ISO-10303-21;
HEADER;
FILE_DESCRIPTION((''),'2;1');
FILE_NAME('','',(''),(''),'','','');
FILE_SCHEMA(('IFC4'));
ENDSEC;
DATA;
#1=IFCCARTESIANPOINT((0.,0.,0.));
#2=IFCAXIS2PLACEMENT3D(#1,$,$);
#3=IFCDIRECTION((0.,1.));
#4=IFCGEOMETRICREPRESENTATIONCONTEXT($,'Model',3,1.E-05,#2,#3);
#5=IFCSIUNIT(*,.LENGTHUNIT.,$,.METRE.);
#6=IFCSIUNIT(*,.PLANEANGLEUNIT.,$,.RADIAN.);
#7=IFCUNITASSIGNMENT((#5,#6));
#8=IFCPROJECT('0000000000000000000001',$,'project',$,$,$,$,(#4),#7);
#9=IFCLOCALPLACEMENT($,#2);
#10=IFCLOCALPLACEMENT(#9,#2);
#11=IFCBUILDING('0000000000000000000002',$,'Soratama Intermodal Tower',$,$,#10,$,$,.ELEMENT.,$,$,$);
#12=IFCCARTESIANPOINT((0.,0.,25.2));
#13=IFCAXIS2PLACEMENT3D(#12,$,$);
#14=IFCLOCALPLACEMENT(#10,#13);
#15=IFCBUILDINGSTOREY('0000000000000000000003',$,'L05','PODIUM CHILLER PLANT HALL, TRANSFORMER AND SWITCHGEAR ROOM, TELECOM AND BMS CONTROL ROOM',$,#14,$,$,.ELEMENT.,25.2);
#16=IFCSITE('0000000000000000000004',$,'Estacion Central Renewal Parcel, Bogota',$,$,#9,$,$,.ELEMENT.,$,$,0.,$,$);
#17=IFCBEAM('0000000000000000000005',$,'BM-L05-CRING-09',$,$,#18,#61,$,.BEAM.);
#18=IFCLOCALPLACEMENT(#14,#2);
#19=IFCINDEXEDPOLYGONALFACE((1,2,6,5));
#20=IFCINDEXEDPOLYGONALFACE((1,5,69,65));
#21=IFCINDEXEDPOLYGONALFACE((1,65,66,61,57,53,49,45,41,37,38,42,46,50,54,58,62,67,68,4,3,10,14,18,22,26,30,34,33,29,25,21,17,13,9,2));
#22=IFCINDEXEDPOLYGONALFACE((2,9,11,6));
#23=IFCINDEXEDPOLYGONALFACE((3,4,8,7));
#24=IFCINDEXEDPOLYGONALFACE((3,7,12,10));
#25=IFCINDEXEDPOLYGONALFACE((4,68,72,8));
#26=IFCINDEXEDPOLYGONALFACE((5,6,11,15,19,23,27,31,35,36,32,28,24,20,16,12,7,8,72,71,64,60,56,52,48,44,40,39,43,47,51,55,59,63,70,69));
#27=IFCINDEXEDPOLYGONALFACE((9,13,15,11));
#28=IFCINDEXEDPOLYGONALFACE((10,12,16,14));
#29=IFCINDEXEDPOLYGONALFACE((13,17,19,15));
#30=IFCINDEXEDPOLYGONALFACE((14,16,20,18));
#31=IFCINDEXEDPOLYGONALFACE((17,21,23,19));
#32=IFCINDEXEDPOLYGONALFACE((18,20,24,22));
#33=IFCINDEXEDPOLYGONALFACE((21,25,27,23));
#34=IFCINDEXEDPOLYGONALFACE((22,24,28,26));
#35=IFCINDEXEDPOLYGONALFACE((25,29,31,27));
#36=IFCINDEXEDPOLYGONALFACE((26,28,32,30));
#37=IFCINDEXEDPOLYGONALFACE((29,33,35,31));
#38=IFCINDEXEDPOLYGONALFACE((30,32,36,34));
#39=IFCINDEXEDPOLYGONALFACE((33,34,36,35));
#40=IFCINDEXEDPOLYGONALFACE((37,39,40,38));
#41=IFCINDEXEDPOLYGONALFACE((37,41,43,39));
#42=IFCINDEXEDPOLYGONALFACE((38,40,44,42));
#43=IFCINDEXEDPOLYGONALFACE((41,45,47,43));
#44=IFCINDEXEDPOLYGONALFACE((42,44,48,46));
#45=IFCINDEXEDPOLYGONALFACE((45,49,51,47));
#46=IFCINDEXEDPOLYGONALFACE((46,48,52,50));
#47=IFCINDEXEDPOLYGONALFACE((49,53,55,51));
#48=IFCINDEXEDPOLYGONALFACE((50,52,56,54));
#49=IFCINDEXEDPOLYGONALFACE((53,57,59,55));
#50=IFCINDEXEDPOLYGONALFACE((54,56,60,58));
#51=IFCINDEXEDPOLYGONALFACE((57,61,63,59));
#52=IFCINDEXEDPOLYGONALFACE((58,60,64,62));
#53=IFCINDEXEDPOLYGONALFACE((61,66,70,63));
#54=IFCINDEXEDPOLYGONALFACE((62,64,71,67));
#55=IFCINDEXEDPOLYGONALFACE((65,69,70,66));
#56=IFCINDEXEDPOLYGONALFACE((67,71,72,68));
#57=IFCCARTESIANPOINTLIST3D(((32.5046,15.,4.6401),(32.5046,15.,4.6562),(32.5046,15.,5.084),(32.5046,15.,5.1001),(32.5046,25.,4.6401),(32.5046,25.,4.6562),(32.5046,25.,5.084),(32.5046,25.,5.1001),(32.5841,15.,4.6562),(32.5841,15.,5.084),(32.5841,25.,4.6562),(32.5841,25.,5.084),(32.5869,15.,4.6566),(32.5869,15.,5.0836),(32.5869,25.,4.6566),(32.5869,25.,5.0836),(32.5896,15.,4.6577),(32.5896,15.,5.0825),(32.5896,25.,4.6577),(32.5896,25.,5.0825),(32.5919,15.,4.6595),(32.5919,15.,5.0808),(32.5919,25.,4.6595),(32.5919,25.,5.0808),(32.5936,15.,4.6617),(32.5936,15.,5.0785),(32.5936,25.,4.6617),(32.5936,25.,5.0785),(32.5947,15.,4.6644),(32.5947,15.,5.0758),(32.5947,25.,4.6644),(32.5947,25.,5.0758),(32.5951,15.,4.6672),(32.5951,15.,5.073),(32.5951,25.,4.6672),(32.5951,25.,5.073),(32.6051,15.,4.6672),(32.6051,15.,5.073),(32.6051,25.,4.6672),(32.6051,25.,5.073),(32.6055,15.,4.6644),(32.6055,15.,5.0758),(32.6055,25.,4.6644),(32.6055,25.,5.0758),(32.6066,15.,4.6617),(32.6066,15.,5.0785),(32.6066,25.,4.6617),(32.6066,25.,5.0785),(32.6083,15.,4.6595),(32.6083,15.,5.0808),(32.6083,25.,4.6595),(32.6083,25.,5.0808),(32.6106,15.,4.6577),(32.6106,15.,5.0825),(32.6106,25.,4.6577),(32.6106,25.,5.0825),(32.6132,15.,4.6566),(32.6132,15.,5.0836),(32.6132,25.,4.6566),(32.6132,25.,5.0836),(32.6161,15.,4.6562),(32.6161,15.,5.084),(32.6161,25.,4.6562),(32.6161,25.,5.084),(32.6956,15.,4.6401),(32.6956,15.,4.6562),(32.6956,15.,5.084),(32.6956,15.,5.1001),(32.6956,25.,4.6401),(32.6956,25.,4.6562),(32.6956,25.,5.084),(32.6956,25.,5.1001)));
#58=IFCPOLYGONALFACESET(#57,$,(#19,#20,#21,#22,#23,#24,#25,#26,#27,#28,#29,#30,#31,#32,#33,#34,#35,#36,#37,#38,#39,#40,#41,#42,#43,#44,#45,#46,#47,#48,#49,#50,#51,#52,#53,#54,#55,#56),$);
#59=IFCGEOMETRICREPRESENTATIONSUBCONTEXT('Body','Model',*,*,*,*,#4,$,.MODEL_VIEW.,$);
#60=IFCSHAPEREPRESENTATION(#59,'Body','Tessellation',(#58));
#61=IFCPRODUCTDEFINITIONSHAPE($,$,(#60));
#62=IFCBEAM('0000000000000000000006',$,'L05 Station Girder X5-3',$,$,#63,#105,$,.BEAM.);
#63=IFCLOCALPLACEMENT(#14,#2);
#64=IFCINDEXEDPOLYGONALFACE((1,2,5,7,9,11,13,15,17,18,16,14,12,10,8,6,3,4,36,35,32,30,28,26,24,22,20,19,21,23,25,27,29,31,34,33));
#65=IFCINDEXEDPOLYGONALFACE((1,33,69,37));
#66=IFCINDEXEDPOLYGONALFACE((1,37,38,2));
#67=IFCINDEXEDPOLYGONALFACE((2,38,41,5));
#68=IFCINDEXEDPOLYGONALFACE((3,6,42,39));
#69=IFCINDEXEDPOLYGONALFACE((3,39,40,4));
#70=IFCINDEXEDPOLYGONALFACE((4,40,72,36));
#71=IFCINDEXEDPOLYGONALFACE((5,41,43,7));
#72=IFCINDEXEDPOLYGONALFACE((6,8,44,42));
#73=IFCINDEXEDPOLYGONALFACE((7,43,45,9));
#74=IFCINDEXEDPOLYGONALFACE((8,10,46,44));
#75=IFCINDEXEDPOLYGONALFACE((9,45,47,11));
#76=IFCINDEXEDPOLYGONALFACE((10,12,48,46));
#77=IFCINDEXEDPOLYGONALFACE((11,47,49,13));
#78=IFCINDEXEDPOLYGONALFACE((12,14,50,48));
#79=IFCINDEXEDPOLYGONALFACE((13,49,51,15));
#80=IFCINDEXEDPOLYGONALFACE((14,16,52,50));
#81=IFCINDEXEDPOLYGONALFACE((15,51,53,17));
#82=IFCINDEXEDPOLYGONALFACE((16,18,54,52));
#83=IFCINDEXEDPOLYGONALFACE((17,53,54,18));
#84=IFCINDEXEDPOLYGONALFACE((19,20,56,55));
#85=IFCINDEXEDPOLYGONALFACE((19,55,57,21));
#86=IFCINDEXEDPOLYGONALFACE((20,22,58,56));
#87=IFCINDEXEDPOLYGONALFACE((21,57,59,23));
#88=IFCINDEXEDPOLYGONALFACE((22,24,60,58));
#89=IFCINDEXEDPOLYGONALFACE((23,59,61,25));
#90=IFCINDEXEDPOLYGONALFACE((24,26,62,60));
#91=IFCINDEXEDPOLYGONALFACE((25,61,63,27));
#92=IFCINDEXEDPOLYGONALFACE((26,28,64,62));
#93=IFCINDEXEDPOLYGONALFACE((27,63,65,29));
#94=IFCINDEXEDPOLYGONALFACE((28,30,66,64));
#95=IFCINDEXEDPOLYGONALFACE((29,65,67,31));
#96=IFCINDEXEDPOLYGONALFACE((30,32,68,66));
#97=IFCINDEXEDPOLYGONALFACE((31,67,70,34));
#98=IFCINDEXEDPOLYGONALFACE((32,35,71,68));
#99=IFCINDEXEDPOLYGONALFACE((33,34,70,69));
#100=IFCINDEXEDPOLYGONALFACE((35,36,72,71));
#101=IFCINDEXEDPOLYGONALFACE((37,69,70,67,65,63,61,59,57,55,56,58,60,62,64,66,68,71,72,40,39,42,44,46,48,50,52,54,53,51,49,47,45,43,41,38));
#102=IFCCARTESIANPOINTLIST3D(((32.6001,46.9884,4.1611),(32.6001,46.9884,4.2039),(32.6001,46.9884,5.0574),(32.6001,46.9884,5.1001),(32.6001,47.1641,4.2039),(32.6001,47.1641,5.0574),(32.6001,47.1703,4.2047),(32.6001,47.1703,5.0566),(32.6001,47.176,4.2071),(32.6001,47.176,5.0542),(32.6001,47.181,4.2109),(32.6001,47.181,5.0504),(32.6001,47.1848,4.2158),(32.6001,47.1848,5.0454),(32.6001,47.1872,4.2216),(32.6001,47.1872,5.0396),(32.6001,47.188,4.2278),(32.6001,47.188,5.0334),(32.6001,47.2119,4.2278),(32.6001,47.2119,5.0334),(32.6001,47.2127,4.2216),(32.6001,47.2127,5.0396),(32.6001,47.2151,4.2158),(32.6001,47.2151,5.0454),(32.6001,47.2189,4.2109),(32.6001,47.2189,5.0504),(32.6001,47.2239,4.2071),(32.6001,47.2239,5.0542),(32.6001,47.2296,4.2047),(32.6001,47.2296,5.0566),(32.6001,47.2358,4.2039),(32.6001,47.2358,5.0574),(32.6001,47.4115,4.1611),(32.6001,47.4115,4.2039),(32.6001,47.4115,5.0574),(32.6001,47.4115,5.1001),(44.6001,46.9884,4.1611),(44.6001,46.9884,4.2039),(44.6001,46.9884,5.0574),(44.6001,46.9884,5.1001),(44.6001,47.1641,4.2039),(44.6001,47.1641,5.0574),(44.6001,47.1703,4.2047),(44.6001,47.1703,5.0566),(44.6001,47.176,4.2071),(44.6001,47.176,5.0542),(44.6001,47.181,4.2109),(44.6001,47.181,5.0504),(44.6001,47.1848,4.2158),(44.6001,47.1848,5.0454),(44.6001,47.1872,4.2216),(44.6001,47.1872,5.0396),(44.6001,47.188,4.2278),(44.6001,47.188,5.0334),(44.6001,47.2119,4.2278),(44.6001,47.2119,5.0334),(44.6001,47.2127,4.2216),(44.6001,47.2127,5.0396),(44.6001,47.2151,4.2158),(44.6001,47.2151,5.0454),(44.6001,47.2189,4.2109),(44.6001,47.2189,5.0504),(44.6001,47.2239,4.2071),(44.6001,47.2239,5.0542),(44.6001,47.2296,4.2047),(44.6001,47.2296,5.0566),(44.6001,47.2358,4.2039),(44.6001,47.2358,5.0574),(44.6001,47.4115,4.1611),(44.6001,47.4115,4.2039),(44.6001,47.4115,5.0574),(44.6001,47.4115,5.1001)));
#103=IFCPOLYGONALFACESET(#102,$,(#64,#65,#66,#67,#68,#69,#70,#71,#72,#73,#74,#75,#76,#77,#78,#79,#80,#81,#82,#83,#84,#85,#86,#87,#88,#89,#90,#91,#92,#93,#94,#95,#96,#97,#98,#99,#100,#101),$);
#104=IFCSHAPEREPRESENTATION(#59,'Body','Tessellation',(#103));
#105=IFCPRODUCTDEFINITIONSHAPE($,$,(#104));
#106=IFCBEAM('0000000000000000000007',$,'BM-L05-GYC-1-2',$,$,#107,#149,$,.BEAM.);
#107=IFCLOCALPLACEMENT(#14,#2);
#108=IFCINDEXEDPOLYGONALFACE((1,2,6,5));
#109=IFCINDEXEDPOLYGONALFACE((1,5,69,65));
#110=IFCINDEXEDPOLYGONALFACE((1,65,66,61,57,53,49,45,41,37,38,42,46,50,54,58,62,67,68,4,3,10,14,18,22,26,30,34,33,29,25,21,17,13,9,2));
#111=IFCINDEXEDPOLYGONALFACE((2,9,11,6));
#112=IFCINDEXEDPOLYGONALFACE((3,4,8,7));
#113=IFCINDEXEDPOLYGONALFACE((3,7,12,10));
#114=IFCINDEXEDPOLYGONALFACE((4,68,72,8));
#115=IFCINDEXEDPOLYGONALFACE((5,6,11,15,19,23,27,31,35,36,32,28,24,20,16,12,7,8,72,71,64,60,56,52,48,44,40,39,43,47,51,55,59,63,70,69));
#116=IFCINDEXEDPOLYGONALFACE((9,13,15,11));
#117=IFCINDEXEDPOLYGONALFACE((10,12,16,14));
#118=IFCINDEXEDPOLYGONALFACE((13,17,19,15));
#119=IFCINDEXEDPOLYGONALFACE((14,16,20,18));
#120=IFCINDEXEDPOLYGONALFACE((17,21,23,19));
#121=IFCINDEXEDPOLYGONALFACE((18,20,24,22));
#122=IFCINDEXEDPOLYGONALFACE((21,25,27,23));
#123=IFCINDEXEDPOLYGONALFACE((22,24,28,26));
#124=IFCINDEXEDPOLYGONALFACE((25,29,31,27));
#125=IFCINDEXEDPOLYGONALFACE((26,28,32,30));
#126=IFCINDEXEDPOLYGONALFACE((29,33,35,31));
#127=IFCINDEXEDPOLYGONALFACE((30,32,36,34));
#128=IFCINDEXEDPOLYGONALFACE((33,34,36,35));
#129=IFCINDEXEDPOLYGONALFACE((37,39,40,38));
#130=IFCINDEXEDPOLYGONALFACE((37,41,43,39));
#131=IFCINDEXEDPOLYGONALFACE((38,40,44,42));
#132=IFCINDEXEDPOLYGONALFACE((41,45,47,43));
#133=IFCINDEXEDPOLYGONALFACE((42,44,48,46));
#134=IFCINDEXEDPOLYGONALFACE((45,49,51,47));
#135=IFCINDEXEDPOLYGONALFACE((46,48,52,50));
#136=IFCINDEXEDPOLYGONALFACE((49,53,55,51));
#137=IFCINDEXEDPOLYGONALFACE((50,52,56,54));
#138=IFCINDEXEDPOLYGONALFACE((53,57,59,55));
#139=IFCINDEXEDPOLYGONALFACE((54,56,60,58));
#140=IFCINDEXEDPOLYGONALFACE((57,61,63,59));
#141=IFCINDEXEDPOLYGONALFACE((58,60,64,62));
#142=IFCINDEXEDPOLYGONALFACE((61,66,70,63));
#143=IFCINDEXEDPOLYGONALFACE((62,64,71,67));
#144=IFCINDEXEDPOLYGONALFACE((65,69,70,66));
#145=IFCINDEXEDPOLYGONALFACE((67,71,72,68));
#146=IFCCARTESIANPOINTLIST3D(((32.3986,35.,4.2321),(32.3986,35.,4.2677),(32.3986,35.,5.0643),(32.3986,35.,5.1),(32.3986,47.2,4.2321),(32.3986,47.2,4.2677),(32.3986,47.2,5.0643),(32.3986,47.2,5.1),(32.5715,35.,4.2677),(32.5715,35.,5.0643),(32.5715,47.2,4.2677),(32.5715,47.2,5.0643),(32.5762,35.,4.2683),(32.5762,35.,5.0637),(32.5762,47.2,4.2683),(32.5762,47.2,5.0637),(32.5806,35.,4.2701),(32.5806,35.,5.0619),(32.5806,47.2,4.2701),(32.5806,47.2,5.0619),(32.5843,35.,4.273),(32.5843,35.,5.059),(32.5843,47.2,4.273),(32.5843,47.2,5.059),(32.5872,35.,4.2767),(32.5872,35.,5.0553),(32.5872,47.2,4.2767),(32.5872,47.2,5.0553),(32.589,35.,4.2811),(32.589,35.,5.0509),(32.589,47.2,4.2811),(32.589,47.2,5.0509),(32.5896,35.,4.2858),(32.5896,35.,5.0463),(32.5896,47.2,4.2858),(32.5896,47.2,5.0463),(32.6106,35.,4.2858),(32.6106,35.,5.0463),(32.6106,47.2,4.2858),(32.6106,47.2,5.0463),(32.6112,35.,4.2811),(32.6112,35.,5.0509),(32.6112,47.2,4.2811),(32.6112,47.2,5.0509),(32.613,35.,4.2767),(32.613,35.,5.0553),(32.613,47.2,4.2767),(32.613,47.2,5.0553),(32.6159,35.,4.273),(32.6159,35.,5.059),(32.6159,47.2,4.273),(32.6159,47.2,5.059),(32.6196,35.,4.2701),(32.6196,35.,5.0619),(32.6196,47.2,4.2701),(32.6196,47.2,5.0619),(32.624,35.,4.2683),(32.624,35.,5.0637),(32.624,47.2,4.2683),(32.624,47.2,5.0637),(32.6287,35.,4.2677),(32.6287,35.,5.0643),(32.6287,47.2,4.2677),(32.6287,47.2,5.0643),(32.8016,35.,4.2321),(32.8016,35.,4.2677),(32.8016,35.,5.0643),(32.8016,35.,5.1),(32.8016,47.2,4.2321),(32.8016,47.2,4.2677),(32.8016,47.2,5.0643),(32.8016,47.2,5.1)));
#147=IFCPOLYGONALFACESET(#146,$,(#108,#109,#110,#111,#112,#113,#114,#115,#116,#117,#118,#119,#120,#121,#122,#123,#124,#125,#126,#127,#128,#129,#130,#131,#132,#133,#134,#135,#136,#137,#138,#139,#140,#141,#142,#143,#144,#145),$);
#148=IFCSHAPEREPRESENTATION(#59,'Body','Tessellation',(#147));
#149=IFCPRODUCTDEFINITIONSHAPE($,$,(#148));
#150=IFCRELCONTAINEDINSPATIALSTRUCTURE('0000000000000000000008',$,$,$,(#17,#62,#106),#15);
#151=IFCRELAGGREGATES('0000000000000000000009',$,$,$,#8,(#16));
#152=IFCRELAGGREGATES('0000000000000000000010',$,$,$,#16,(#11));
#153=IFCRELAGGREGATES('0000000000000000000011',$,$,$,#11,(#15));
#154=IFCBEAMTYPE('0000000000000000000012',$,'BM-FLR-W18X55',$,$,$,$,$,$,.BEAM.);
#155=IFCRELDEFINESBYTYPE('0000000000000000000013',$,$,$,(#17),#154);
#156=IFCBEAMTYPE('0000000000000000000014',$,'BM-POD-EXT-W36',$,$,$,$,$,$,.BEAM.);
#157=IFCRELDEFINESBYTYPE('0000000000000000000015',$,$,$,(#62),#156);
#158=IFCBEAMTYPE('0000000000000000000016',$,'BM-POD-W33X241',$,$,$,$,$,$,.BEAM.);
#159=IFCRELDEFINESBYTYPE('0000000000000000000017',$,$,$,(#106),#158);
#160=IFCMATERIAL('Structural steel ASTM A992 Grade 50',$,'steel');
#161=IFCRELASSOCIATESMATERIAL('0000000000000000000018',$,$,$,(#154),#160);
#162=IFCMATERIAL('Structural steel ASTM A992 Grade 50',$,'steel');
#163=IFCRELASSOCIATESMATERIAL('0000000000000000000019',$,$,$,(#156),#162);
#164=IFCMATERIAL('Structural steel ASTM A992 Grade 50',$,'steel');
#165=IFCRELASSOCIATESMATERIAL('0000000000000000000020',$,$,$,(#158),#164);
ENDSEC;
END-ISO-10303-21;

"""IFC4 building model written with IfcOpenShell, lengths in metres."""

from ifc_helpers import new_model, si_unit, direction, frame, origin, origin_2d, place, context, subcontext, project, spatial, i_section, extrude, material, material_profile, profile_set, type_object, element, save


model = new_model("IFC4")

# Units and contexts
model_context = context("Model", 3, precision=1e-05, world=origin(), true_north=direction((0.0, 1.0)))
body_context = subcontext(model_context, "Body", "Model", "MODEL_VIEW")
ifc_project = project(units=[si_unit("LENGTHUNIT", "METRE"), si_unit("PLANEANGLEUNIT", "RADIAN")], contexts=[model_context])

# Site, building, storey
site_placement = place(None, origin())
site = spatial("IfcSite", under=ifc_project, at=site_placement, Name="Estacion Central Renewal Parcel, Bogota", CompositionType="ELEMENT", RefElevation=0.0)
building_placement = place(site_placement, origin())
building = spatial("IfcBuilding", under=site, at=building_placement, Name="Soratama Intermodal Tower", CompositionType="ELEMENT")
storey_placement = place(building_placement, frame((0.0, 0.0, 25.2)))
storey = spatial("IfcBuildingStorey", under=building, at=storey_placement, Name="L05", Description="PODIUM CHILLER PLANT HALL, TRANSFORMER AND SWITCHGEAR ROOM, TELECOM AND BMS CONTROL ROOM", CompositionType="ELEMENT", Elevation=25.2)

# Beams
ifc_material_1 = material(Name="Structural steel ASTM A992 Grade 50", Category="steel")
ifc_material_profile_1 = material_profile(ifc_material_1, i_section(OverallWidth=0.1909, OverallDepth=0.46, WebThickness=0.01, FlangeThickness=0.0161, FilletRadius=0.011, at=origin_2d()), Name="W18X55")
ifc_profile_set_1 = profile_set([ifc_material_profile_1], Name="Structural steel ASTM A992 Grade 50")
beam_type_1 = type_object("IfcBeamType", Name="BM-FLR-W18X55", PredefinedType="BEAM", material=ifc_profile_set_1)
for number, where, z_axis, x_axis, name in (
    (1, (32.6001, 25.0, 4.8701), (0.0, -1.0, 0.0), (1.0, 0.0, 0.0), "BM-L05-CRING-09"),
):
    element("IfcBeam", number, at=place(storey_placement, frame(where, z_axis=z_axis, x_axis=x_axis)), inside=storey, type_object=beam_type_1, Name=name, PredefinedType="BEAM", context=body_context, shape_type="SweptSolid", body=[
        extrude(i_section(OverallWidth=0.1909, OverallDepth=0.46, WebThickness=0.01, FlangeThickness=0.0161, FilletRadius=0.011, at=origin_2d()), origin(), (0.0, 0.0, 1.0), 10.0),
    ])
ifc_material_2 = material(Name="Structural steel ASTM A992 Grade 50", Category="steel")
ifc_material_profile_2 = material_profile(ifc_material_2, i_section(OverallWidth=0.4231, OverallDepth=0.939, WebThickness=0.0239, FlangeThickness=0.0427, FilletRadius=0.0239, at=origin_2d()), Name="W36X302")
ifc_profile_set_2 = profile_set([ifc_material_profile_2], Name="Structural steel ASTM A992 Grade 50")
beam_type_2 = type_object("IfcBeamType", Name="BM-POD-EXT-W36", PredefinedType="BEAM", material=ifc_profile_set_2)
beam_1_placement = place(storey_placement, frame((32.6001, 47.2, 4.6306), z_axis=(1.0, 0.0, 0.0), x_axis=(0.0, 1.0, 0.0)))
element("IfcBeam", 2, at=beam_1_placement, inside=storey, type_object=beam_type_2, Name="L05 Station Girder X5-3", PredefinedType="BEAM", context=body_context, shape_type="SweptSolid", body=[
    extrude(i_section(OverallWidth=0.4231, OverallDepth=0.939, WebThickness=0.0239, FlangeThickness=0.0427, FilletRadius=0.0239, at=origin_2d()), origin(), (0.0, 0.0, 1.0), 12.0),
])
ifc_material_3 = material(Name="Structural steel ASTM A992 Grade 50", Category="steel")
ifc_material_profile_3 = material_profile(ifc_material_3, i_section(OverallWidth=0.4031, OverallDepth=0.8679, WebThickness=0.021, FlangeThickness=0.0356, FilletRadius=0.0181, at=origin_2d()), Name="W33X241")
ifc_profile_set_3 = profile_set([ifc_material_profile_3], Name="Structural steel ASTM A992 Grade 50")
beam_type_3 = type_object("IfcBeamType", Name="BM-POD-W33X241", PredefinedType="BEAM", material=ifc_profile_set_3)
beam_2_placement = place(storey_placement, frame((32.6001, 35.0, 4.666), z_axis=(0.0, 1.0, 0.0), x_axis=(-1.0, 0.0, 0.0)))
element("IfcBeam", 3, at=beam_2_placement, inside=storey, type_object=beam_type_3, Name="BM-L05-GYC-1-2", PredefinedType="BEAM", context=body_context, shape_type="SweptSolid", body=[
    extrude(i_section(OverallWidth=0.4031, OverallDepth=0.8679, WebThickness=0.021, FlangeThickness=0.0356, FilletRadius=0.0181, at=origin_2d()), origin(), (0.0, 0.0, 1.0), 12.2),
])

save(model, "model.ifc")
